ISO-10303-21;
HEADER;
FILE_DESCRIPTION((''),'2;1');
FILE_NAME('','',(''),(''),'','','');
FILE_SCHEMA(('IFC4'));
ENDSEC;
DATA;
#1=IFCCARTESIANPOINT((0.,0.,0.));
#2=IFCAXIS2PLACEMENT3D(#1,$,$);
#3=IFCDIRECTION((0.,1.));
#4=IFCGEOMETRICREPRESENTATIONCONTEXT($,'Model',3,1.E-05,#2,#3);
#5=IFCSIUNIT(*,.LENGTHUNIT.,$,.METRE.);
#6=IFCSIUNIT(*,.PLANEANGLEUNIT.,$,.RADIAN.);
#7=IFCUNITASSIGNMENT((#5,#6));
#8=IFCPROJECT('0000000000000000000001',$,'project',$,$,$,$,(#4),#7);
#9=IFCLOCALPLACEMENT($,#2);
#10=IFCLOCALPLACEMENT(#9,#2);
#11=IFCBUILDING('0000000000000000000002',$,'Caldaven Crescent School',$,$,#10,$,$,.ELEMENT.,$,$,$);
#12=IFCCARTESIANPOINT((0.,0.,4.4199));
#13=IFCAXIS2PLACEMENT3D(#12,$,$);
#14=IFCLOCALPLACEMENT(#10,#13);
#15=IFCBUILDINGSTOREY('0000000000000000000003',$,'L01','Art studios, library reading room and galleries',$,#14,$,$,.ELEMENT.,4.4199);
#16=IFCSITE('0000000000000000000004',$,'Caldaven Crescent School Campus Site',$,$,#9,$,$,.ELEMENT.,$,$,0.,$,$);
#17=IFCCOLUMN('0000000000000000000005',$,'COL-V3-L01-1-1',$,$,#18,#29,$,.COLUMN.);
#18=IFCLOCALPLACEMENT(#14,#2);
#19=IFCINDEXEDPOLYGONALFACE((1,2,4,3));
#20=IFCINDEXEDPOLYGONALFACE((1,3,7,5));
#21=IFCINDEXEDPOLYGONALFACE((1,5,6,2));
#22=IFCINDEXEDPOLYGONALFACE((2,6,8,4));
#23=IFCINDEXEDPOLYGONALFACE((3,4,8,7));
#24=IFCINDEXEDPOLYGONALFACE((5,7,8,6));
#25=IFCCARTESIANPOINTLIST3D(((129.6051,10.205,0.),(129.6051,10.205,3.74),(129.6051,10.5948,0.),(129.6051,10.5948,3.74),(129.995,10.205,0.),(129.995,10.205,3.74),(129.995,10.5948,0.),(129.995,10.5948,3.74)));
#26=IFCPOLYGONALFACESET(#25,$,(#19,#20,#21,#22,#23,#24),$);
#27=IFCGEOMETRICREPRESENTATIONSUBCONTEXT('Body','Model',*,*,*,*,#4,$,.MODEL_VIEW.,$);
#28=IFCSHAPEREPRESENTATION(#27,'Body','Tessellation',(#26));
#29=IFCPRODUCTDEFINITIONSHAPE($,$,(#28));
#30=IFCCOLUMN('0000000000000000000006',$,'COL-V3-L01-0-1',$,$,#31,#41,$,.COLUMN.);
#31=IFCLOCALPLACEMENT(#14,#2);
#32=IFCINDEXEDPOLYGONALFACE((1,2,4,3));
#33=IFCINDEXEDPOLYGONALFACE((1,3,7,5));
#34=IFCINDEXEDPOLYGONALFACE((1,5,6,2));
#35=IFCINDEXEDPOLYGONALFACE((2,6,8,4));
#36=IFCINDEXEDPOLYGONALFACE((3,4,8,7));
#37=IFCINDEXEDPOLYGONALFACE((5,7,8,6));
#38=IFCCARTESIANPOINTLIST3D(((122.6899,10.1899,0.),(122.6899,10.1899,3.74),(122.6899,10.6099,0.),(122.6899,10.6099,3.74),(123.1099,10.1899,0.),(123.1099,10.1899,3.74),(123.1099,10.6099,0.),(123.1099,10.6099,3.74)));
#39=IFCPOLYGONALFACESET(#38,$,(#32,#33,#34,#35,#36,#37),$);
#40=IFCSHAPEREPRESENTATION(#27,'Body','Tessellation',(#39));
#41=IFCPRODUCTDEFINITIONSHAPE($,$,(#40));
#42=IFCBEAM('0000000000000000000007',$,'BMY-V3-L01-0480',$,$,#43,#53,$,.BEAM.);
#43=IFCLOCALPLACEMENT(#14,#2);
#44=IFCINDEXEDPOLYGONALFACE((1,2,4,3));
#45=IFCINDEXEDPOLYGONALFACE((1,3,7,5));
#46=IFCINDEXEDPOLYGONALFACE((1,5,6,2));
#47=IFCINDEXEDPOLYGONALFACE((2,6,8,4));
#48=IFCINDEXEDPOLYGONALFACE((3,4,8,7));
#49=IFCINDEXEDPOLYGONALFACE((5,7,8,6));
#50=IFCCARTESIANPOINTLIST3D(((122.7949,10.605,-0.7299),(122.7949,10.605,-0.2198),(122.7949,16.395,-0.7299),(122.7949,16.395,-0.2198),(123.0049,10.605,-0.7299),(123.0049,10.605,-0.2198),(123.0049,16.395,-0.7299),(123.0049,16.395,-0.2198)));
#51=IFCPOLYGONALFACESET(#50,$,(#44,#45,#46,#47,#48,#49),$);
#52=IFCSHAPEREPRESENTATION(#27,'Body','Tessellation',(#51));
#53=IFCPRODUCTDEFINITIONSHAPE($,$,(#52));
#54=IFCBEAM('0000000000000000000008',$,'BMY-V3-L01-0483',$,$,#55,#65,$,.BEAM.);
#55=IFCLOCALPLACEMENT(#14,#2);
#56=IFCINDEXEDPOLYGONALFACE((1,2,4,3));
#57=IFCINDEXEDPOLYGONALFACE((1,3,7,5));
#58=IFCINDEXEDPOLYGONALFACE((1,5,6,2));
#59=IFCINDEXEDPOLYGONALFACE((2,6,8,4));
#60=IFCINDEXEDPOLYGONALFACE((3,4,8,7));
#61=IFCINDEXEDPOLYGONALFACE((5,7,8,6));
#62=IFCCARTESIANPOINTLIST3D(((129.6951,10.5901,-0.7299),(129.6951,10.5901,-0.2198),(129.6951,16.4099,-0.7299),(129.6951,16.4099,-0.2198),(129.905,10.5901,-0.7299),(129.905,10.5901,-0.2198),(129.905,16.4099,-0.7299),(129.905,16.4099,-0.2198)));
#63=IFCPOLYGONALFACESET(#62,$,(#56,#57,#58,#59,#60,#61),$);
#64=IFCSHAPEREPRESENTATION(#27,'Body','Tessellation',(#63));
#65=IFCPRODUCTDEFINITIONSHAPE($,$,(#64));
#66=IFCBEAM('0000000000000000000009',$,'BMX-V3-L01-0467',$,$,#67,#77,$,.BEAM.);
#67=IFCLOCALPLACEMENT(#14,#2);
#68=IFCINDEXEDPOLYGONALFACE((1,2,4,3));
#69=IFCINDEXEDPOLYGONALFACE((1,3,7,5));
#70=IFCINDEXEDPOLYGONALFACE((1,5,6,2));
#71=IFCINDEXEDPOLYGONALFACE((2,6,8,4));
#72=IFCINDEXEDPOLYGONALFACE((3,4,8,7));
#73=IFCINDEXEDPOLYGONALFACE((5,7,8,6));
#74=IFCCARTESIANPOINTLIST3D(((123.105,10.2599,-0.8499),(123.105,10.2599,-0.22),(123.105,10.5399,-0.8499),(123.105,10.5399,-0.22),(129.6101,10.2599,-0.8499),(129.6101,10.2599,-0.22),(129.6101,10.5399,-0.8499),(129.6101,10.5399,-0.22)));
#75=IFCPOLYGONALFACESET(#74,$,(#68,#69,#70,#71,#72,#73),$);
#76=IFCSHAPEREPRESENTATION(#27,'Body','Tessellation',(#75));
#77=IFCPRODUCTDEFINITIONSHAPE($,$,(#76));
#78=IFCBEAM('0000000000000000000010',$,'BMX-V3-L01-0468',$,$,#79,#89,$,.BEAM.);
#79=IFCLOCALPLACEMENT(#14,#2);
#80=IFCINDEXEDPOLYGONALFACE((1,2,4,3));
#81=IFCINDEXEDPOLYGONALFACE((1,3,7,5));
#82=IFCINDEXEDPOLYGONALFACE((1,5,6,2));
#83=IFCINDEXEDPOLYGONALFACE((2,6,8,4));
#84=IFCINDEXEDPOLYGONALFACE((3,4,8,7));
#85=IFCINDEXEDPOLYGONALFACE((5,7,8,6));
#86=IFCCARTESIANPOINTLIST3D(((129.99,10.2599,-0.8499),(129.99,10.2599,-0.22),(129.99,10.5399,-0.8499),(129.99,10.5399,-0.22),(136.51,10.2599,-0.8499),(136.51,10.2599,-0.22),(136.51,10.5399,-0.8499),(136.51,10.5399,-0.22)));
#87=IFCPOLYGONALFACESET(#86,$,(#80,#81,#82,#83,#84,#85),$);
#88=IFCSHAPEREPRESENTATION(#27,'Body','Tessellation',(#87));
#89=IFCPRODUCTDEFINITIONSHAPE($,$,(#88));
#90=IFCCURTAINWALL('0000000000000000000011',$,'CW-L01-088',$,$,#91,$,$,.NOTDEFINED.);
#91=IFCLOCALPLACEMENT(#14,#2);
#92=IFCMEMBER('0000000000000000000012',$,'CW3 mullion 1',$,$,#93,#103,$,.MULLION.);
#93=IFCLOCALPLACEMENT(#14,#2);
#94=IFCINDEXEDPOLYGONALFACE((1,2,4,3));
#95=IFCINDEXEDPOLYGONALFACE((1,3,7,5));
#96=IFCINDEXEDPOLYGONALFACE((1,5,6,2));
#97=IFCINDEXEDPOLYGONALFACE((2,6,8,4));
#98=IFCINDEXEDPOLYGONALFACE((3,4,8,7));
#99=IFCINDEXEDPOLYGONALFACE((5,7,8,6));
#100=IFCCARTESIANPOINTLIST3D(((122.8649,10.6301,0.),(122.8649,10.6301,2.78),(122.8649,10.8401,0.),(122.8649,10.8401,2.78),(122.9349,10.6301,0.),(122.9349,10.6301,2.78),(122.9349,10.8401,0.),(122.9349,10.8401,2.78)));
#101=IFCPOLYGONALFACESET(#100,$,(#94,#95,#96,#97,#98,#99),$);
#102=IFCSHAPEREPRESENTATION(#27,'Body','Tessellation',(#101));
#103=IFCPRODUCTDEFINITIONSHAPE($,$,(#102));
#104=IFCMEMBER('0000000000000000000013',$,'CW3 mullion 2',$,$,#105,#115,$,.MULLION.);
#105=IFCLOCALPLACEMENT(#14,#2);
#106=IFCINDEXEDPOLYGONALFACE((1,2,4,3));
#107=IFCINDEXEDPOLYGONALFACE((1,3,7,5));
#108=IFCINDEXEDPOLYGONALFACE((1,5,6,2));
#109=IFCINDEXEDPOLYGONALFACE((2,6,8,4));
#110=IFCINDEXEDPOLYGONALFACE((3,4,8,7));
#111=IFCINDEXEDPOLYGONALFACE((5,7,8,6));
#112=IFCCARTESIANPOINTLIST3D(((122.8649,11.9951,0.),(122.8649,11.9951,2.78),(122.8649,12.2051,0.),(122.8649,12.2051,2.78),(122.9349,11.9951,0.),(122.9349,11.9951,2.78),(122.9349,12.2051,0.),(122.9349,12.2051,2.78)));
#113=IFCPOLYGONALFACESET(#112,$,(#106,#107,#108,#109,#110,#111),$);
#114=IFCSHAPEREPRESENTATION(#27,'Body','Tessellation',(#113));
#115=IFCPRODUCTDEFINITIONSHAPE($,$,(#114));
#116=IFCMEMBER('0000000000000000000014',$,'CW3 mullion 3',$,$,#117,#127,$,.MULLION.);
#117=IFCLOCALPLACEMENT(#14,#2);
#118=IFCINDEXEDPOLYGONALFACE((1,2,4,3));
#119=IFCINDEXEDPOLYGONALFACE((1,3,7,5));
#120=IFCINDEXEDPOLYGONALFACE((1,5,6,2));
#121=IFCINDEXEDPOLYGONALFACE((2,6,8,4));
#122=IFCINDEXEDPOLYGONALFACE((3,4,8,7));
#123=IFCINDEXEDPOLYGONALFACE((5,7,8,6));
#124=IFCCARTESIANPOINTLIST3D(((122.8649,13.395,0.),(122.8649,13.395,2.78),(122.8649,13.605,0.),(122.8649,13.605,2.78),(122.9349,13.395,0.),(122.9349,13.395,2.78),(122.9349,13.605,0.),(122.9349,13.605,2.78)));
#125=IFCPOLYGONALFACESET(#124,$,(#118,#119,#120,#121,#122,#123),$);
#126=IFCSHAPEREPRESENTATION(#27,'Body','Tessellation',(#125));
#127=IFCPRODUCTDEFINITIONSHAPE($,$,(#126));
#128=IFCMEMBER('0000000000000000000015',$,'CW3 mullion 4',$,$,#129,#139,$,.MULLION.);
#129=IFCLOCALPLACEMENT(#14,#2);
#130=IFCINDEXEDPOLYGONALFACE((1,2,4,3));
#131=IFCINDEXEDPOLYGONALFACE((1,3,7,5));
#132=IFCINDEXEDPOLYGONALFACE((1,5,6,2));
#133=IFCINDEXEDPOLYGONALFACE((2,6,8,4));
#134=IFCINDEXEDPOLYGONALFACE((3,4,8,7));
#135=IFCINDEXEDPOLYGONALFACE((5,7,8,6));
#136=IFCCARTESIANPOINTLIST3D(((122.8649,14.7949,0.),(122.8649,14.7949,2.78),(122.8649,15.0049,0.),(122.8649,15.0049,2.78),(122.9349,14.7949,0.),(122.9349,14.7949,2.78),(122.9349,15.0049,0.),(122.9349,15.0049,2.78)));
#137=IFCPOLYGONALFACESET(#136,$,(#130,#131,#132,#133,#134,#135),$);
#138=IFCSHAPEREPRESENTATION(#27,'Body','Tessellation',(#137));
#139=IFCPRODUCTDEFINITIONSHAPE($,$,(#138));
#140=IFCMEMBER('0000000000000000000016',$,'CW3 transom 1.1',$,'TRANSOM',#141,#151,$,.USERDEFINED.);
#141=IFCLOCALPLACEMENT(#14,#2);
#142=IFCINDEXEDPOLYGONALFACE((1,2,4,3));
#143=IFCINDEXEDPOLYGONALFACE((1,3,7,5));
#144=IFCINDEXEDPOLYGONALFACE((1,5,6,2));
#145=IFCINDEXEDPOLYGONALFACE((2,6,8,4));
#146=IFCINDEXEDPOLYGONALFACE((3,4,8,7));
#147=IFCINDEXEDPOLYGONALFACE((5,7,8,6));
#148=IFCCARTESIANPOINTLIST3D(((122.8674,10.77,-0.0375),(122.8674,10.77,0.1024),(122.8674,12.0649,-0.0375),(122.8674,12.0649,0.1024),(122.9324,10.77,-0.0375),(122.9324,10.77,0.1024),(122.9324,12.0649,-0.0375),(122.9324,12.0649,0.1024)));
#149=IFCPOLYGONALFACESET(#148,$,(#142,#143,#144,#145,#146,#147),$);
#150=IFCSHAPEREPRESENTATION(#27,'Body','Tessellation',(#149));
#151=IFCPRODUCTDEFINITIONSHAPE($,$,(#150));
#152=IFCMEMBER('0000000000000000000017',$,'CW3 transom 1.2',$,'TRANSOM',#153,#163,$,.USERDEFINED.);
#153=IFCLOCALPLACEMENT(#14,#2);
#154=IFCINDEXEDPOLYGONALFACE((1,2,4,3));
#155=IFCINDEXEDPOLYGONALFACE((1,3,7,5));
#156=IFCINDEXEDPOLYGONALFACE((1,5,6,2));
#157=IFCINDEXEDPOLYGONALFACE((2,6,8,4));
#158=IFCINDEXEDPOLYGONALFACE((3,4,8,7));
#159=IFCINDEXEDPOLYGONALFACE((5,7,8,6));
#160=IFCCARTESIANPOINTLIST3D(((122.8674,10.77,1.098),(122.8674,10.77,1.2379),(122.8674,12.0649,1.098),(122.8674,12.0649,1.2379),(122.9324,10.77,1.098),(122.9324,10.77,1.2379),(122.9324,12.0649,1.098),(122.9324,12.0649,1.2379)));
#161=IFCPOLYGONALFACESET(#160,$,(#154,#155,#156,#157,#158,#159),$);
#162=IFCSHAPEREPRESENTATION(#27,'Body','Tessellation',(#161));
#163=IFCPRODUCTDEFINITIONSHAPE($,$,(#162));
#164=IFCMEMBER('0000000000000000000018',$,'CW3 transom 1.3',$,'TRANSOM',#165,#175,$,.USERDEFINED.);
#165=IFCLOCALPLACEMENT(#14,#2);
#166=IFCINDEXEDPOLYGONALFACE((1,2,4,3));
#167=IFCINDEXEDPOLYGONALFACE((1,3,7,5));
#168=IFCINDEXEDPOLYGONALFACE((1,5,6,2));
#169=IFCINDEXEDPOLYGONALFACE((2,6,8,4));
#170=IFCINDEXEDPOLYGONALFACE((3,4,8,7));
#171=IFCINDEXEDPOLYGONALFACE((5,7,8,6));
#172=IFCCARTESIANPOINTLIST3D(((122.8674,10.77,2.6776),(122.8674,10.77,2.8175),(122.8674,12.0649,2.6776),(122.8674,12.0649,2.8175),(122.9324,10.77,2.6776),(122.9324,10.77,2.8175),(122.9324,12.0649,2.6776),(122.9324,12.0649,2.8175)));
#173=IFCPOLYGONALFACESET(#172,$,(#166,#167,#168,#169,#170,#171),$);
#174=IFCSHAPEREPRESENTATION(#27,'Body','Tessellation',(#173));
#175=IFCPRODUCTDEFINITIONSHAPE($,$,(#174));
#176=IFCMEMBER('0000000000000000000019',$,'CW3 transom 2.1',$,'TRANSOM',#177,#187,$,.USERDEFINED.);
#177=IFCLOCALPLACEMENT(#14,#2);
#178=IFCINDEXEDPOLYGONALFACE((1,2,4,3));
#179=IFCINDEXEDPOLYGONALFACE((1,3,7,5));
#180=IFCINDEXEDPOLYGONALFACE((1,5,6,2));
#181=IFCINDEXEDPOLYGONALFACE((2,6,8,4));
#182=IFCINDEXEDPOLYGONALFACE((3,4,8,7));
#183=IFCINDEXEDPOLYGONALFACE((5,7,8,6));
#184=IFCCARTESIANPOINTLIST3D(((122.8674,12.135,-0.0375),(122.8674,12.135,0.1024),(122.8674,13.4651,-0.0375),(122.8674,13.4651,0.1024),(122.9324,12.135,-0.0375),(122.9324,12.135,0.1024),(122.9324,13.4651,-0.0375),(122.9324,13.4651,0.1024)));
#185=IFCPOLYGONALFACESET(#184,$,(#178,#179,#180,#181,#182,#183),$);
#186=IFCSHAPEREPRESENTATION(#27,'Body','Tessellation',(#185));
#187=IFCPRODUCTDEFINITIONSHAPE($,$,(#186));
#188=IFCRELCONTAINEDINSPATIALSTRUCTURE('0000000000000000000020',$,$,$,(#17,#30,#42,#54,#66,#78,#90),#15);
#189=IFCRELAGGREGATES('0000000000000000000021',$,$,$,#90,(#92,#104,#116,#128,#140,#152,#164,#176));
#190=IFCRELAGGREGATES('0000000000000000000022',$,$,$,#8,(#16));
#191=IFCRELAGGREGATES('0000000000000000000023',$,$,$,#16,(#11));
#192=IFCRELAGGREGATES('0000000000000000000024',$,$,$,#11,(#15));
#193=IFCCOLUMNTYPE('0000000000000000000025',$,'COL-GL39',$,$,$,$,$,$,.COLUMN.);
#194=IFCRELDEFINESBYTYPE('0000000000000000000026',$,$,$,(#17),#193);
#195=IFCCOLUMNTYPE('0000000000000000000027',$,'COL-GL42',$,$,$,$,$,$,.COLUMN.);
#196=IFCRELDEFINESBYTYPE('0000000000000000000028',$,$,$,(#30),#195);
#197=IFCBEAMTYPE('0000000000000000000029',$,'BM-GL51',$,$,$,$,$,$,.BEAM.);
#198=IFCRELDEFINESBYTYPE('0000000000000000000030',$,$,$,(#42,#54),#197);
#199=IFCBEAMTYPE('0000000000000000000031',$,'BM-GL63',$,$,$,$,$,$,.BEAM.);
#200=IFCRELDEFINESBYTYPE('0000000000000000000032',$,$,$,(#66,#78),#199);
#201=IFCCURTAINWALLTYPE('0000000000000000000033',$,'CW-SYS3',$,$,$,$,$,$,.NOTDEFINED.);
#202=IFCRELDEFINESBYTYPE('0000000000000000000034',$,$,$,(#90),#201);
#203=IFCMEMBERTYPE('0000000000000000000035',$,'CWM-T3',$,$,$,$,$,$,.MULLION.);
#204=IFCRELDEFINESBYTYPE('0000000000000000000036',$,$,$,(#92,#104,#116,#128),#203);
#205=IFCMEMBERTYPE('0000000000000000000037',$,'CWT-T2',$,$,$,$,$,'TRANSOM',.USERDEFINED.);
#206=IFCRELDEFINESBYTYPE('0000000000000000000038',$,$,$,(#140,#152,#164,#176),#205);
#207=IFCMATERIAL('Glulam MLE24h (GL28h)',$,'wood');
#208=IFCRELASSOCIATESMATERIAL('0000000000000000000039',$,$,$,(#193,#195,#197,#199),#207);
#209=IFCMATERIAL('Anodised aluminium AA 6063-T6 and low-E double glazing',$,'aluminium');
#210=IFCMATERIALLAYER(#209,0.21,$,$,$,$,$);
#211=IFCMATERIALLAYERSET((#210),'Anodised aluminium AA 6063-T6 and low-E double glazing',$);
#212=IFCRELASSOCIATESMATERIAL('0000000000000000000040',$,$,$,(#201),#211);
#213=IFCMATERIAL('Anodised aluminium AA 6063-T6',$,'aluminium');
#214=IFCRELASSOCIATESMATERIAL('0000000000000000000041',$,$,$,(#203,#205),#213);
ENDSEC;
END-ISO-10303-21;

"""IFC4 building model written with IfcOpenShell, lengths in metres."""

from ifc_helpers import new_model, si_unit, direction, frame, origin, origin_2d, place, context, subcontext, project, spatial, rectangle, extrude, material, layer, layer_set, material_profile, profile_set, type_object, element, aggregate, save


model = new_model("IFC4")

# Units and contexts
model_context = context("Model", 3, precision=1e-05, world=origin(), true_north=direction((0.0, 1.0)))
body_context = subcontext(model_context, "Body", "Model", "MODEL_VIEW")
ifc_project = project(units=[si_unit("LENGTHUNIT", "METRE"), si_unit("PLANEANGLEUNIT", "RADIAN")], contexts=[model_context])

# Site, building, storey
site_placement = place(None, origin())
site = spatial("IfcSite", under=ifc_project, at=site_placement, Name="Caldaven Crescent School Campus Site", CompositionType="ELEMENT", RefElevation=0.0)
building_placement = place(site_placement, origin())
building = spatial("IfcBuilding", under=site, at=building_placement, Name="Caldaven Crescent School", CompositionType="ELEMENT")
storey_placement = place(building_placement, frame((0.0, 0.0, 4.4199)))
storey = spatial("IfcBuildingStorey", under=building, at=storey_placement, Name="L01", Description="Art studios, library reading room and galleries", CompositionType="ELEMENT", Elevation=4.4199)

# Columns
ifc_material_1 = material(Name="Glulam MLE24h (GL28h)", Category="wood")
ifc_material_profile_1 = material_profile(ifc_material_1, rectangle(XDim=0.3899, YDim=0.3899, at=origin_2d()), Name="MLE 390x390")
ifc_profile_set_1 = profile_set([ifc_material_profile_1], Name="Glulam MLE24h (GL28h)")
column_type_1 = type_object("IfcColumnType", Name="COL-GL39", PredefinedType="COLUMN", material=ifc_profile_set_1)
column_1_placement = place(storey_placement, frame((129.8, 10.3999, 0.0), z_axis=(0.0, 0.0, 1.0), x_axis=(1.0, 0.0, 0.0)))
element("IfcColumn", 1, at=column_1_placement, inside=storey, type_object=column_type_1, Name="COL-V3-L01-1-1", PredefinedType="COLUMN", context=body_context, shape_type="SweptSolid", body=[
    extrude(rectangle(XDim=0.3899, YDim=0.3899, at=origin_2d()), origin(), (0.0, 0.0, 1.0), 3.74),
])
ifc_material_profile_2 = material_profile(ifc_material_1, rectangle(XDim=0.4199, YDim=0.4199, at=origin_2d()), Name="MLE 420x420")
ifc_profile_set_2 = profile_set([ifc_material_profile_2], Name="Glulam MLE24h (GL28h)")
column_type_2 = type_object("IfcColumnType", Name="COL-GL42", PredefinedType="COLUMN", material=ifc_profile_set_2)
column_2_placement = place(storey_placement, frame((122.8999, 10.3999, 0.0), z_axis=(0.0, 0.0, 1.0), x_axis=(1.0, 0.0, 0.0)))
element("IfcColumn", 2, at=column_2_placement, inside=storey, type_object=column_type_2, Name="COL-V3-L01-0-1", PredefinedType="COLUMN", context=body_context, shape_type="SweptSolid", body=[
    extrude(rectangle(XDim=0.4199, YDim=0.4199, at=origin_2d()), origin(), (0.0, 0.0, 1.0), 3.74),
])

# Beams
ifc_material_profile_3 = material_profile(ifc_material_1, rectangle(XDim=0.21, YDim=0.51, at=origin_2d()), Name="MLE 210x510")
ifc_profile_set_3 = profile_set([ifc_material_profile_3], Name="Glulam MLE24h (GL28h)")
beam_type_1 = type_object("IfcBeamType", Name="BM-GL51", PredefinedType="BEAM", material=ifc_profile_set_3)
beam_1_placement = place(storey_placement, frame((122.8999, 10.605, -0.4749), z_axis=(0.0, 1.0, 0.0), x_axis=(-1.0, 0.0, 0.0)))
element("IfcBeam", 3, at=beam_1_placement, inside=storey, type_object=beam_type_1, Name="BMY-V3-L01-0480", PredefinedType="BEAM", context=body_context, shape_type="SweptSolid", body=[
    extrude(rectangle(XDim=0.21, YDim=0.51, at=origin_2d()), origin(), (0.0, 0.0, 1.0), 5.79),
])
beam_2_placement = place(storey_placement, frame((129.8, 10.5901, -0.4749), z_axis=(0.0, 1.0, 0.0), x_axis=(-1.0, 0.0, 0.0)))
element("IfcBeam", 4, at=beam_2_placement, inside=storey, type_object=beam_type_1, Name="BMY-V3-L01-0483", PredefinedType="BEAM", context=body_context, shape_type="SweptSolid", body=[
    extrude(rectangle(XDim=0.21, YDim=0.51, at=origin_2d()), origin(), (0.0, 0.0, 1.0), 5.8198),
])
ifc_material_profile_4 = material_profile(ifc_material_1, rectangle(XDim=0.28, YDim=0.6299, at=origin_2d()), Name="MLE 280x630")
ifc_profile_set_4 = profile_set([ifc_material_profile_4], Name="Glulam MLE24h (GL28h)")
beam_type_2 = type_object("IfcBeamType", Name="BM-GL63", PredefinedType="BEAM", material=ifc_profile_set_4)
beam_3_placement = place(storey_placement, frame((123.105, 10.3999, -0.5349), z_axis=(1.0, 0.0, 0.0), x_axis=(0.0, 1.0, 0.0)))
element("IfcBeam", 5, at=beam_3_placement, inside=storey, type_object=beam_type_2, Name="BMX-V3-L01-0467", PredefinedType="BEAM", context=body_context, shape_type="SweptSolid", body=[
    extrude(rectangle(XDim=0.28, YDim=0.6299, at=origin_2d()), origin(), (0.0, 0.0, 1.0), 6.5051),
])
beam_4_placement = place(storey_placement, frame((129.99, 10.3999, -0.5349), z_axis=(1.0, 0.0, 0.0), x_axis=(0.0, 1.0, 0.0)))
element("IfcBeam", 6, at=beam_4_placement, inside=storey, type_object=beam_type_2, Name="BMX-V3-L01-0468", PredefinedType="BEAM", context=body_context, shape_type="SweptSolid", body=[
    extrude(rectangle(XDim=0.28, YDim=0.6299, at=origin_2d()), origin(), (0.0, 0.0, 1.0), 6.52),
])

# Curtain wall, members
ifc_material_2 = material(Name="Anodised aluminium AA 6063-T6 and low-E double glazing", Category="aluminium")
ifc_layer_1 = layer(ifc_material_2, 0.21)
ifc_layer_set_1 = layer_set([ifc_layer_1], Name="Anodised aluminium AA 6063-T6 and low-E double glazing")
curtain_wall_type = type_object("IfcCurtainWallType", Name="CW-SYS3", PredefinedType="NOTDEFINED", material=ifc_layer_set_1)
curtain_wall_placement = place(storey_placement, origin())
curtain_wall = element("IfcCurtainWall", 7, at=curtain_wall_placement, inside=storey, type_object=curtain_wall_type, Name="CW-L01-088", PredefinedType="NOTDEFINED")
ifc_material_3 = material(Name="Anodised aluminium AA 6063-T6", Category="aluminium")
ifc_material_profile_5 = material_profile(ifc_material_3, rectangle(XDim=0.0701, YDim=0.21, at=origin_2d()), Name="CWM 70x210")
ifc_profile_set_5 = profile_set([ifc_material_profile_5], Name="Anodised aluminium AA 6063-T6")
member_type_1 = type_object("IfcMemberType", Name="CWM-T3", PredefinedType="MULLION", material=ifc_profile_set_5)
member_1_placement = place(storey_placement, frame((122.8999, 10.7351, 0.0), z_axis=(0.0, 0.0, 1.0), x_axis=(-1.0, 0.0, 0.0)))
member_1 = element("IfcMember", 8, at=member_1_placement, type_object=member_type_1, Name="CW3 mullion 1", PredefinedType="MULLION", context=body_context, shape_type="SweptSolid", body=[
    extrude(rectangle(XDim=0.0701, YDim=0.21, at=origin_2d()), origin(), (0.0, 0.0, 1.0), 2.78),
])
member_2_placement = place(storey_placement, frame((122.8999, 12.1001, 0.0), z_axis=(0.0, 0.0, 1.0), x_axis=(-1.0, 0.0, 0.0)))
member_2 = element("IfcMember", 9, at=member_2_placement, type_object=member_type_1, Name="CW3 mullion 2", PredefinedType="MULLION", context=body_context, shape_type="SweptSolid", body=[
    extrude(rectangle(XDim=0.0701, YDim=0.21, at=origin_2d()), origin(), (0.0, 0.0, 1.0), 2.78),
])
member_3_placement = place(storey_placement, frame((122.8999, 13.5, 0.0), z_axis=(0.0, 0.0, 1.0), x_axis=(-1.0, 0.0, 0.0)))
member_3 = element("IfcMember", 10, at=member_3_placement, type_object=member_type_1, Name="CW3 mullion 3", PredefinedType="MULLION", context=body_context, shape_type="SweptSolid", body=[
    extrude(rectangle(XDim=0.0701, YDim=0.21, at=origin_2d()), origin(), (0.0, 0.0, 1.0), 2.78),
])
member_4_placement = place(storey_placement, frame((122.8999, 14.8999, 0.0), z_axis=(0.0, 0.0, 1.0), x_axis=(-1.0, 0.0, 0.0)))
member_4 = element("IfcMember", 11, at=member_4_placement, type_object=member_type_1, Name="CW3 mullion 4", PredefinedType="MULLION", context=body_context, shape_type="SweptSolid", body=[
    extrude(rectangle(XDim=0.0701, YDim=0.21, at=origin_2d()), origin(), (0.0, 0.0, 1.0), 2.78),
])
ifc_material_profile_6 = material_profile(ifc_material_3, rectangle(XDim=0.0649, YDim=0.1399, at=origin_2d()), Name="CWT 65x140")
ifc_profile_set_6 = profile_set([ifc_material_profile_6], Name="Anodised aluminium AA 6063-T6")
member_type_2 = type_object("IfcMemberType", Name="CWT-T2", ElementType="TRANSOM", PredefinedType="USERDEFINED", material=ifc_profile_set_6)
member_5_placement = place(storey_placement, frame((122.8999, 10.77, 0.0325), z_axis=(0.0, 1.0, 0.0), x_axis=(-1.0, 0.0, 0.0)))
member_5 = element("IfcMember", 12, at=member_5_placement, type_object=member_type_2, Name="CW3 transom 1.1", ObjectType="TRANSOM", PredefinedType="USERDEFINED", context=body_context, shape_type="SweptSolid", body=[
    extrude(rectangle(XDim=0.0649, YDim=0.1399, at=origin_2d()), origin(), (0.0, 0.0, 1.0), 1.2949),
])
member_6_placement = place(storey_placement, frame((122.8999, 10.77, 1.168), z_axis=(0.0, 1.0, 0.0), x_axis=(-1.0, 0.0, 0.0)))
member_6 = element("IfcMember", 13, at=member_6_placement, type_object=member_type_2, Name="CW3 transom 1.2", ObjectType="TRANSOM", PredefinedType="USERDEFINED", context=body_context, shape_type="SweptSolid", body=[
    extrude(rectangle(XDim=0.0649, YDim=0.1399, at=origin_2d()), origin(), (0.0, 0.0, 1.0), 1.2949),
])
member_7_placement = place(storey_placement, frame((122.8999, 10.77, 2.7476), z_axis=(0.0, 1.0, 0.0), x_axis=(-1.0, 0.0, 0.0)))
member_7 = element("IfcMember", 14, at=member_7_placement, type_object=member_type_2, Name="CW3 transom 1.3", ObjectType="TRANSOM", PredefinedType="USERDEFINED", context=body_context, shape_type="SweptSolid", body=[
    extrude(rectangle(XDim=0.0649, YDim=0.1399, at=origin_2d()), origin(), (0.0, 0.0, 1.0), 1.2949),
])
member_8_placement = place(storey_placement, frame((122.8999, 12.135, 0.0325), z_axis=(0.0, 1.0, 0.0), x_axis=(-1.0, 0.0, 0.0)))
member_8 = element("IfcMember", 15, at=member_8_placement, type_object=member_type_2, Name="CW3 transom 2.1", ObjectType="TRANSOM", PredefinedType="USERDEFINED", context=body_context, shape_type="SweptSolid", body=[
    extrude(rectangle(XDim=0.0649, YDim=0.1399, at=origin_2d()), origin(), (0.0, 0.0, 1.0), 1.3301),
])

aggregate(curtain_wall, [member_1, member_2, member_3, member_4, member_5, member_6, member_7, member_8])

save(model, "model.ifc")
